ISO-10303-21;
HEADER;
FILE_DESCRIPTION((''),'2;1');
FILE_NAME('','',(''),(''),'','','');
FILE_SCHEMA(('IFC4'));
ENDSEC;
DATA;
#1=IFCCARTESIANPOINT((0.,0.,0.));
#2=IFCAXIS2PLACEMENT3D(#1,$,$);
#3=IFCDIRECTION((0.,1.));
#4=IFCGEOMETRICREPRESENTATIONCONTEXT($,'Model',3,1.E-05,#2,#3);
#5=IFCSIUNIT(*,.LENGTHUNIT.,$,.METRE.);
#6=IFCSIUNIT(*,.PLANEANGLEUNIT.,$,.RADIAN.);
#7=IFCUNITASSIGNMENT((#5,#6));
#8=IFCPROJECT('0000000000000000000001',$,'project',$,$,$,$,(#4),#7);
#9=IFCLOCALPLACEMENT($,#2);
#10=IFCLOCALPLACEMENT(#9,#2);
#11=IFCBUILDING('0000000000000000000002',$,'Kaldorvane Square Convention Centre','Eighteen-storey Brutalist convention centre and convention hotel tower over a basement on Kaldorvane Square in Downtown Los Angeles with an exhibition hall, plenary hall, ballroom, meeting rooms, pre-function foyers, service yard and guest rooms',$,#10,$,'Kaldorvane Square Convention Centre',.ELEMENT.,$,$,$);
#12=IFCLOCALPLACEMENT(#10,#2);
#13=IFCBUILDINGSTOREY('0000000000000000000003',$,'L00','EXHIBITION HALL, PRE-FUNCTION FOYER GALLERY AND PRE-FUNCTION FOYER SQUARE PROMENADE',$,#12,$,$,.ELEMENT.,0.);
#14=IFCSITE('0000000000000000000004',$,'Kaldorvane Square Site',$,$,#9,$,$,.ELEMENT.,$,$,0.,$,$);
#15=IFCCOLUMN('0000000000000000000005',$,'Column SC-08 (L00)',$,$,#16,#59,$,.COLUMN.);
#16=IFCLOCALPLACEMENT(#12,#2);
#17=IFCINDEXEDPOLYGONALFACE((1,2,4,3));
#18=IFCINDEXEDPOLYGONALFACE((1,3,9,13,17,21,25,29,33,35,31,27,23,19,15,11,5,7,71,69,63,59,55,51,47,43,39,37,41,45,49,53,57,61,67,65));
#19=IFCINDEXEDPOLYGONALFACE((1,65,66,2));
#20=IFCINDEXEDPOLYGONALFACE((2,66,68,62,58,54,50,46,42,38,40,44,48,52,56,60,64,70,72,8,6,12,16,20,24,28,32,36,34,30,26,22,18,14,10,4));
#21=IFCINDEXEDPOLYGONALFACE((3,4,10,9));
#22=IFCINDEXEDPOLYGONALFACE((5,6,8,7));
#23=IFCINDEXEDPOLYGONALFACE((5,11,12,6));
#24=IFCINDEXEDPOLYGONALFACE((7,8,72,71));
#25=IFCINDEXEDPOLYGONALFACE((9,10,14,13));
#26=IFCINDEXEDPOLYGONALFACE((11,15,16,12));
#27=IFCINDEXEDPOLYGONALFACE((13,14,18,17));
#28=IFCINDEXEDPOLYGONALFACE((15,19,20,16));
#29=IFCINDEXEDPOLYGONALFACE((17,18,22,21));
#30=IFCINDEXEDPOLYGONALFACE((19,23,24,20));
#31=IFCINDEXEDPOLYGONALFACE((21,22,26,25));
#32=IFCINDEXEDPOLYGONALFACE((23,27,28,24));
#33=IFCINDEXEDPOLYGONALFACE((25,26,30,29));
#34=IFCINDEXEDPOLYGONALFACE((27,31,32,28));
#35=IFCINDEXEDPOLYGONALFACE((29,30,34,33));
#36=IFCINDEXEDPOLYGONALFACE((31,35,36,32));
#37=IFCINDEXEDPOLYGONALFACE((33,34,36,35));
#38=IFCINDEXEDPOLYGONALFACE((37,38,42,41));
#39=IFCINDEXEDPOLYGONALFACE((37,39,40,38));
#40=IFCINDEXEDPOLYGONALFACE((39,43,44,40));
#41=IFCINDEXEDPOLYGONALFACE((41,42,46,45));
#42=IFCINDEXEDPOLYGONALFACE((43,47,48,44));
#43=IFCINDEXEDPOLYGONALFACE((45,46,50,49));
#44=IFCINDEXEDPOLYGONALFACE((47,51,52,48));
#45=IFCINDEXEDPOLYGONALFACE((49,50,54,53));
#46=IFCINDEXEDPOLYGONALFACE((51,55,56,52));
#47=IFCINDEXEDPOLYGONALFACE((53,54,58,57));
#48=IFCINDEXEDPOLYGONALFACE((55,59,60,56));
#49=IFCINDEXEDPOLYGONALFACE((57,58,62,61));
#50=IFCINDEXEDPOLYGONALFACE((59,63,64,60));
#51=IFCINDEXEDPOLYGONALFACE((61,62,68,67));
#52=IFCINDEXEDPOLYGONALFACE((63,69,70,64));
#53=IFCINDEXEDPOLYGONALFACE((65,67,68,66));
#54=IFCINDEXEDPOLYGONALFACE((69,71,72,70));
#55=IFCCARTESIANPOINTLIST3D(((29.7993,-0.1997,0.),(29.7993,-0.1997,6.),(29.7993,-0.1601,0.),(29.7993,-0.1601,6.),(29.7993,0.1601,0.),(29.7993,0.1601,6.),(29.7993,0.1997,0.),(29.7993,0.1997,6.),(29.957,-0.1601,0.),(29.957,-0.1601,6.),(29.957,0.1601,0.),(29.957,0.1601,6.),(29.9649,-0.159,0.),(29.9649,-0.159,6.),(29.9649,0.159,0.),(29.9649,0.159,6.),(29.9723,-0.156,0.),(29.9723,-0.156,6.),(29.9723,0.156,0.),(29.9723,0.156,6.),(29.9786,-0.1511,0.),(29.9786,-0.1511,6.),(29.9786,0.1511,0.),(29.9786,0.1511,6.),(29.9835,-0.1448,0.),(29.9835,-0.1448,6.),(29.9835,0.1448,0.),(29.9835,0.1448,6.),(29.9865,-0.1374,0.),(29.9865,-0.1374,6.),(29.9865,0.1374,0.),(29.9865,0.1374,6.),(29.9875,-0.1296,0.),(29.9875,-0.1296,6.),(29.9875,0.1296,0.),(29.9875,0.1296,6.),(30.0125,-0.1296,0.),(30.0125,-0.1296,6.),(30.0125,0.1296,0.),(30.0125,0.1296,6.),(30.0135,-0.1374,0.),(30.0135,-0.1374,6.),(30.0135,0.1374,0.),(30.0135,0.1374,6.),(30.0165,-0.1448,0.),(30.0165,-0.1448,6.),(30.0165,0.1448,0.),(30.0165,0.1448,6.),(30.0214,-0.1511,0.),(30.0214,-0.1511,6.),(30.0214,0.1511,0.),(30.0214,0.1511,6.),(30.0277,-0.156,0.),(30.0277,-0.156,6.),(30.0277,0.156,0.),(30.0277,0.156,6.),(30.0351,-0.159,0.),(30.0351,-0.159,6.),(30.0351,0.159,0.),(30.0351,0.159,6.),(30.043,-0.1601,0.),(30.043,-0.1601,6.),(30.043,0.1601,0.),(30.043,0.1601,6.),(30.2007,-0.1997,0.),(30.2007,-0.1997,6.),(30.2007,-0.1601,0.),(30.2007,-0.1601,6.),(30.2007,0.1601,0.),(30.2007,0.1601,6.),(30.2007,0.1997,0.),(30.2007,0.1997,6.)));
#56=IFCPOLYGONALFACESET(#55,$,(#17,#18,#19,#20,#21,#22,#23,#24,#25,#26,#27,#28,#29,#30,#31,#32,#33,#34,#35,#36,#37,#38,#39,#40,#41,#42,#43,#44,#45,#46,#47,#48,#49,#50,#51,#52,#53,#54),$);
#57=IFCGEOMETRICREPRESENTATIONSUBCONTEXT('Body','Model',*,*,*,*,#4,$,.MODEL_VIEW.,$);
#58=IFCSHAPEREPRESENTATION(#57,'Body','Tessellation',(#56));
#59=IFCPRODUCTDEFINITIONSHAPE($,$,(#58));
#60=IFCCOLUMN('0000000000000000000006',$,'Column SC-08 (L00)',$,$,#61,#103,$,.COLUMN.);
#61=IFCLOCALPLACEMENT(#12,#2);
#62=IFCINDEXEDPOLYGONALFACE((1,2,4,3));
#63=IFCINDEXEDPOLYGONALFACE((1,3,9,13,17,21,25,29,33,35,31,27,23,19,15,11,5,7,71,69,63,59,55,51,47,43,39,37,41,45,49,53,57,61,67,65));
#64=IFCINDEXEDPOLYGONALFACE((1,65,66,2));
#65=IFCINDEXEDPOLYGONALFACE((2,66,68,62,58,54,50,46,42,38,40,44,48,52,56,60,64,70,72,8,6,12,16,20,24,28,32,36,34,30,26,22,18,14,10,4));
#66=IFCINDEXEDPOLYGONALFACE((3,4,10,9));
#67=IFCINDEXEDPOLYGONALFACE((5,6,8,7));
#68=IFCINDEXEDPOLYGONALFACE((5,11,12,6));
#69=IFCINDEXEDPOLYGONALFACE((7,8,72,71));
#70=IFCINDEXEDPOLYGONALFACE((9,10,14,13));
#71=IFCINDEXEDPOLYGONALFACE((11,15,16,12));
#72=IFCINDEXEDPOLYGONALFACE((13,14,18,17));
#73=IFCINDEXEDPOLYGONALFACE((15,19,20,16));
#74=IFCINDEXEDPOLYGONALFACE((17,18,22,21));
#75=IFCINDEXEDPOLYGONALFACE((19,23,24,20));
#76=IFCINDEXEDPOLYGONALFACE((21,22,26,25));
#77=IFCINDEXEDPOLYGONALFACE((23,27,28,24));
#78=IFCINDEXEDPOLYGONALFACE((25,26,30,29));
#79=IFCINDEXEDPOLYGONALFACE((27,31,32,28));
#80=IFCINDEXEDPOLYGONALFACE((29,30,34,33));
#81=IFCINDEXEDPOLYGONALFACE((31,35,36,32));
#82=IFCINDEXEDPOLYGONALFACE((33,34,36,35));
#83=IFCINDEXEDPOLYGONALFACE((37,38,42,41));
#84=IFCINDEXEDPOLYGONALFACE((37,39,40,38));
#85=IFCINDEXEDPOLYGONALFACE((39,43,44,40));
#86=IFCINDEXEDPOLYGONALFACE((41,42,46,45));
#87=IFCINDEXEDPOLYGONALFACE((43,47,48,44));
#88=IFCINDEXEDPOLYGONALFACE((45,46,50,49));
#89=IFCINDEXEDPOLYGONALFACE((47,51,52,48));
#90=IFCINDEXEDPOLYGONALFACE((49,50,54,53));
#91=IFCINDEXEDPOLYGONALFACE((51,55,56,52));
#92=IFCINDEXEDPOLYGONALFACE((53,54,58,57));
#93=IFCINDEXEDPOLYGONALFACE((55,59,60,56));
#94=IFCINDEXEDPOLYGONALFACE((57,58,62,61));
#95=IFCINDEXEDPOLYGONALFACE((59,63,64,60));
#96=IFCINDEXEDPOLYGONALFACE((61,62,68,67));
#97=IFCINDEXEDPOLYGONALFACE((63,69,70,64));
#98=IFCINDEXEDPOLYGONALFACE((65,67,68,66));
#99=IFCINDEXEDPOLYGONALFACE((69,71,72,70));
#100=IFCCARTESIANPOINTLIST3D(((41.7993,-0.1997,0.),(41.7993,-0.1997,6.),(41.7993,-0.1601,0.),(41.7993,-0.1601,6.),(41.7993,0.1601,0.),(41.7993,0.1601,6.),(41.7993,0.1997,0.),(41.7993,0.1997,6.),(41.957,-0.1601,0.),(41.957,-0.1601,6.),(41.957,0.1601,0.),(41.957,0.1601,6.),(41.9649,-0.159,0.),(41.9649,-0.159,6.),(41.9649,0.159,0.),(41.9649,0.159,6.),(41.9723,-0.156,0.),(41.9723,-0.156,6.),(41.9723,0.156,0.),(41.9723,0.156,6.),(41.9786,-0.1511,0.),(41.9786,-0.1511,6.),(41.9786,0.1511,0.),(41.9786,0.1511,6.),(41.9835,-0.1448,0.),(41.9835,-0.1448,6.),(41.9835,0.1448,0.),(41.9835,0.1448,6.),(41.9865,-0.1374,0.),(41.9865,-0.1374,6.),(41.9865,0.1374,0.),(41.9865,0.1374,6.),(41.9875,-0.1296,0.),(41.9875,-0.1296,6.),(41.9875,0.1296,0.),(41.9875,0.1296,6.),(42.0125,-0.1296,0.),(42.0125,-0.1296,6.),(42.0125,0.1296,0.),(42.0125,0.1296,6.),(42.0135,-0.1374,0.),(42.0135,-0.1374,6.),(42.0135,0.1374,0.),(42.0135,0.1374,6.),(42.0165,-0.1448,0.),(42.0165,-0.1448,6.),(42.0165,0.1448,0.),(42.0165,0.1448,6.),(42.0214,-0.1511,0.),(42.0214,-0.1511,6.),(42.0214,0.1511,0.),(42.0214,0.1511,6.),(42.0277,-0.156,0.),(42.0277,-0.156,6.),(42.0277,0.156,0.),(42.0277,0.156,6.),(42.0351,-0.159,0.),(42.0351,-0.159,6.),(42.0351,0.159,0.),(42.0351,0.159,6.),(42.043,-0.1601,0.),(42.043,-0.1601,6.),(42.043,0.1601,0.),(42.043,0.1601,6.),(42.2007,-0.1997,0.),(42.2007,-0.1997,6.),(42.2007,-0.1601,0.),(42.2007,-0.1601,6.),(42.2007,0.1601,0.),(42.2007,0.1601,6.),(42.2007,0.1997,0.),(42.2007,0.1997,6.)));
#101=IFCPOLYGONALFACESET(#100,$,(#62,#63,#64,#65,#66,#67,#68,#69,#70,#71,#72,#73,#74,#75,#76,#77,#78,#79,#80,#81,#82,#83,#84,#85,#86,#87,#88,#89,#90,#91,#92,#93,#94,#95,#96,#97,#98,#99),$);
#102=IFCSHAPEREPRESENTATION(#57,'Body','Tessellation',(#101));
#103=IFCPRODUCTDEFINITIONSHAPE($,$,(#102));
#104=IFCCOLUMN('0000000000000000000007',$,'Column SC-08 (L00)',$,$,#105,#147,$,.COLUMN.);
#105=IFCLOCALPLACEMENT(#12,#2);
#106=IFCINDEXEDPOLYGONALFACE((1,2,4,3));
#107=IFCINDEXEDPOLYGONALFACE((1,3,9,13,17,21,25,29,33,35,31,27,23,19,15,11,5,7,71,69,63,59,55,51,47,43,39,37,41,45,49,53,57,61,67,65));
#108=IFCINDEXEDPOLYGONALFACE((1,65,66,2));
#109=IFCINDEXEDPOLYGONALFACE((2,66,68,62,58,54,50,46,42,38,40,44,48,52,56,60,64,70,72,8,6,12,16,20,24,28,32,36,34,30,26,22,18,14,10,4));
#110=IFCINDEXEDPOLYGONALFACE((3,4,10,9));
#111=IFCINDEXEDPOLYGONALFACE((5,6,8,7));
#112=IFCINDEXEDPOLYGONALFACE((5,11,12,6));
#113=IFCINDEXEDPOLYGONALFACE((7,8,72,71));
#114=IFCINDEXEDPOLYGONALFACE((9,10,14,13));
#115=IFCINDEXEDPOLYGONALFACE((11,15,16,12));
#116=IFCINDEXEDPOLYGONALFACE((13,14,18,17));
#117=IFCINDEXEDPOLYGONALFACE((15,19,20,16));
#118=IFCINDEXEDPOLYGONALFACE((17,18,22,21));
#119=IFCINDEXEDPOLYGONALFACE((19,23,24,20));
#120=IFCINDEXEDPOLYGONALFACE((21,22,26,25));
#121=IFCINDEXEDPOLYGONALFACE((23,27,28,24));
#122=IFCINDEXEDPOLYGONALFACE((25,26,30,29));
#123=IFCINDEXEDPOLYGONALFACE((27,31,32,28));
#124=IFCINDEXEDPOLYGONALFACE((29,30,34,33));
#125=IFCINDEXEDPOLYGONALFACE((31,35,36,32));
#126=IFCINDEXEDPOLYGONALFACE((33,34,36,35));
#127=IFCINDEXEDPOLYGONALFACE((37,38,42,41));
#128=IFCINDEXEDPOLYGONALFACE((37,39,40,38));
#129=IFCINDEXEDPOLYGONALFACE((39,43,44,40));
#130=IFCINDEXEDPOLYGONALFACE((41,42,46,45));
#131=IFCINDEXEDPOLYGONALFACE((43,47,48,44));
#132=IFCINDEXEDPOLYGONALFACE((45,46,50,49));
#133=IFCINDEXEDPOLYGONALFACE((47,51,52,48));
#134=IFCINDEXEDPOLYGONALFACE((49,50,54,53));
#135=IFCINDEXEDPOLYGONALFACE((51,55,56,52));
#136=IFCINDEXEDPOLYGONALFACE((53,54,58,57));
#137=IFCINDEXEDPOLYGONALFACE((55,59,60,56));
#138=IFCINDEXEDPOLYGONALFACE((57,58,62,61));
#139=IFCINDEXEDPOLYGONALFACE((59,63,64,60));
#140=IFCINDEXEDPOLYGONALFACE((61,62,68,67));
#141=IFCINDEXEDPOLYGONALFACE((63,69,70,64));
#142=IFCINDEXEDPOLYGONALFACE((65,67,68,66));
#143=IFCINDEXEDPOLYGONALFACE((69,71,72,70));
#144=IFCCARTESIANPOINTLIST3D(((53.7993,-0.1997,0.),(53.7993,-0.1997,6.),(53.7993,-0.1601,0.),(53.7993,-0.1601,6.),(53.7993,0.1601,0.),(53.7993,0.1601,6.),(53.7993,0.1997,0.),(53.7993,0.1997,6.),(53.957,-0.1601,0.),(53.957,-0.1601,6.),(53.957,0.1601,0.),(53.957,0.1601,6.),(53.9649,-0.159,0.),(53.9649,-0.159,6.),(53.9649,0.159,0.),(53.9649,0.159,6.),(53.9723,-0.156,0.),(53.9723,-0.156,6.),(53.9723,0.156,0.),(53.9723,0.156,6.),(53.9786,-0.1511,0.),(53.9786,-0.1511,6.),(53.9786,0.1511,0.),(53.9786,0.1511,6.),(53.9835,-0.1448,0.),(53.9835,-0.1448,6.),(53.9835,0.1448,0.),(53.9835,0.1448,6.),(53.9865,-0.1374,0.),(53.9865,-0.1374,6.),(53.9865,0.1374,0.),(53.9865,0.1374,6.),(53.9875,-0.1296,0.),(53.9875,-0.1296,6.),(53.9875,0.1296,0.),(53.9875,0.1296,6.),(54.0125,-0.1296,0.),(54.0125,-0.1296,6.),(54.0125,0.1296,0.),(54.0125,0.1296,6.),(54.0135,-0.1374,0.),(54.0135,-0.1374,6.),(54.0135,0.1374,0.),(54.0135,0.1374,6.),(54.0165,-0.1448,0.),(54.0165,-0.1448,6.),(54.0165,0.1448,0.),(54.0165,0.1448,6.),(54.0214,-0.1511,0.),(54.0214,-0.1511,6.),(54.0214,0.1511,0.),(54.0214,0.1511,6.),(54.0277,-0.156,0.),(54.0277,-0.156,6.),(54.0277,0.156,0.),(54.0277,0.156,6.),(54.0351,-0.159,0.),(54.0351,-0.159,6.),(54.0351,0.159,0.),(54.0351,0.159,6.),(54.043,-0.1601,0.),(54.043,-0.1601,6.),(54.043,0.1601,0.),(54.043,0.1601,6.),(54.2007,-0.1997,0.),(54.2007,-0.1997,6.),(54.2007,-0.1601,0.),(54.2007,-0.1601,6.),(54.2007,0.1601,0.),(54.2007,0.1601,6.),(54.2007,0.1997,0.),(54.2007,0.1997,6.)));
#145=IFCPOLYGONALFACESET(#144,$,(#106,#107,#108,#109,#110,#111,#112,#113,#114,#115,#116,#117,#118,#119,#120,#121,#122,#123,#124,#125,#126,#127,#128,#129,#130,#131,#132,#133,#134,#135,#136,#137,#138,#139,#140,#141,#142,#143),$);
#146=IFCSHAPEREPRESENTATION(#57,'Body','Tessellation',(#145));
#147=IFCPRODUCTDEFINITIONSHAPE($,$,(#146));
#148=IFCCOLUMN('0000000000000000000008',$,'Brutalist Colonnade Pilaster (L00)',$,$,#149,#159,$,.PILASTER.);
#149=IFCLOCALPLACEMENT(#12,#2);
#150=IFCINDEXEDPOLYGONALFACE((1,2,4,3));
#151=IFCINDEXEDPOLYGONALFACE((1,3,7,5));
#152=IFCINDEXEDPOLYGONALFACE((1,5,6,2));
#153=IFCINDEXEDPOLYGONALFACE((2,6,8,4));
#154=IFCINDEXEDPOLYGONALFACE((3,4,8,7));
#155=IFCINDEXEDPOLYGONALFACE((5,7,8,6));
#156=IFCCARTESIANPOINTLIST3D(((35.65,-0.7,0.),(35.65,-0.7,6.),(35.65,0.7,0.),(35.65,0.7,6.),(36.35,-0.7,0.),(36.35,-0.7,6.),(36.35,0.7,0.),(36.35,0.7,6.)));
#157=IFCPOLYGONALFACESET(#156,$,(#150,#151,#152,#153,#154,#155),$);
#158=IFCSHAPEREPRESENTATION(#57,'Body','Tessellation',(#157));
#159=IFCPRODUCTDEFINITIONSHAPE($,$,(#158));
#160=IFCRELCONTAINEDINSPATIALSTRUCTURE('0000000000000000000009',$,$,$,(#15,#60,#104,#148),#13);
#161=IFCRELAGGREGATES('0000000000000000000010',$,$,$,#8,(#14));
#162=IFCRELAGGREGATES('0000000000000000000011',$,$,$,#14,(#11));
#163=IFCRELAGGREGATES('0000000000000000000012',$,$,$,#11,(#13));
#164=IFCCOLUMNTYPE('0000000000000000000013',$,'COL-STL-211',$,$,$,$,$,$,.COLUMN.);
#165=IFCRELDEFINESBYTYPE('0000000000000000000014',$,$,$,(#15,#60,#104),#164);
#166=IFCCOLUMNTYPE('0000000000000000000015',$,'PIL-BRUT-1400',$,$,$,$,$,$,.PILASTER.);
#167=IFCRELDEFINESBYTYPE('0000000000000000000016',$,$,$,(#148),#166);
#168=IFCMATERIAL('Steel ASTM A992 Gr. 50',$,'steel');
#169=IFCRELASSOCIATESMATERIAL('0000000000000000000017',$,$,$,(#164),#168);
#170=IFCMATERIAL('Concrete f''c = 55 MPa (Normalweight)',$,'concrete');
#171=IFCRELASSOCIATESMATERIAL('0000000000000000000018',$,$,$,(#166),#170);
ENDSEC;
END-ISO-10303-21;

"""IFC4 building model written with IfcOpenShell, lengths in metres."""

from ifc_helpers import new_model, si_unit, direction, frame, origin, origin_2d, place, context, subcontext, project, spatial, rectangle, i_section, extrude, material, material_profile, profile_set, type_object, element, save


model = new_model("IFC4")

# Units and contexts
model_context = context("Model", 3, precision=1e-05, world=origin(), true_north=direction((0.0, 1.0)))
body_context = subcontext(model_context, "Body", "Model", "MODEL_VIEW")
ifc_project = project(units=[si_unit("LENGTHUNIT", "METRE"), si_unit("PLANEANGLEUNIT", "RADIAN")], contexts=[model_context])

# Site, building, storey
site_placement = place(None, origin())
site = spatial("IfcSite", under=ifc_project, at=site_placement, Name="Kaldorvane Square Site", CompositionType="ELEMENT", RefElevation=0.0)
building_placement = place(site_placement, origin())
building = spatial("IfcBuilding", under=site, at=building_placement, Name="Kaldorvane Square Convention Centre", Description="Eighteen-storey Brutalist convention centre and convention hotel tower over a basement on Kaldorvane Square in Downtown Los Angeles with an exhibition hall, plenary hall, ballroom, meeting rooms, pre-function foyers, service yard and guest rooms", LongName="Kaldorvane Square Convention Centre", CompositionType="ELEMENT")
storey_placement = place(building_placement, origin())
storey = spatial("IfcBuildingStorey", under=building, at=storey_placement, Name="L00", Description="EXHIBITION HALL, PRE-FUNCTION FOYER GALLERY AND PRE-FUNCTION FOYER SQUARE PROMENADE", CompositionType="ELEMENT", Elevation=0.0)

# Columns
ifc_material_1 = material(Name="Steel ASTM A992 Gr. 50", Category="steel")
ifc_material_profile_1 = material_profile(ifc_material_1, i_section(OverallWidth=0.4013, OverallDepth=0.3993, WebThickness=0.0249, FlangeThickness=0.0396, FilletRadius=0.0305, at=origin_2d()), Name="W14X211")
ifc_profile_set_1 = profile_set([ifc_material_profile_1], Name="Steel ASTM A992 Gr. 50")
column_type_1 = type_object("IfcColumnType", Name="COL-STL-211", PredefinedType="COLUMN", material=ifc_profile_set_1)
for number, where, z_axis, x_axis, name in (
    (1, (30.0, 0.0, 0.0), (0.0, 0.0, 1.0), (1.0, 0.0, 0.0), "Column SC-08 (L00)"),
    (2, (42.0, 0.0, 0.0), (0.0, 0.0, 1.0), (1.0, 0.0, 0.0), "Column SC-08 (L00)"),
    (3, (54.0, 0.0, 0.0), (0.0, 0.0, 1.0), (1.0, 0.0, 0.0), "Column SC-08 (L00)"),
):
    element("IfcColumn", number, at=place(storey_placement, frame(where, z_axis=z_axis, x_axis=x_axis)), inside=storey, type_object=column_type_1, Name=name, PredefinedType="COLUMN", context=body_context, shape_type="SweptSolid", body=[
        extrude(i_section(OverallWidth=0.4013, OverallDepth=0.3993, WebThickness=0.0249, FlangeThickness=0.0396, FilletRadius=0.0305, at=origin_2d()), origin(), (0.0, 0.0, 1.0), 6.0),
    ])
ifc_material_2 = material(Name="Concrete f'c = 55 MPa (Normalweight)", Category="concrete")
ifc_material_profile_2 = material_profile(ifc_material_2, rectangle(XDim=0.7, YDim=1.4, at=origin_2d()), Name="PIL1400X700")
ifc_profile_set_2 = profile_set([ifc_material_profile_2], Name="Concrete f'c = 55 MPa (Normalweight)")
column_type_2 = type_object("IfcColumnType", Name="PIL-BRUT-1400", PredefinedType="PILASTER", material=ifc_profile_set_2)
column_placement = place(storey_placement, frame((36.0, 0.0, 0.0), z_axis=(0.0, 0.0, 1.0), x_axis=(1.0, 0.0, 0.0)))
element("IfcColumn", 4, at=column_placement, inside=storey, type_object=column_type_2, Name="Brutalist Colonnade Pilaster (L00)", PredefinedType="PILASTER", context=body_context, shape_type="SweptSolid", body=[
    extrude(rectangle(XDim=0.7, YDim=1.4, at=origin_2d()), origin(), (0.0, 0.0, 1.0), 6.0),
])

save(model, "model.ifc")
